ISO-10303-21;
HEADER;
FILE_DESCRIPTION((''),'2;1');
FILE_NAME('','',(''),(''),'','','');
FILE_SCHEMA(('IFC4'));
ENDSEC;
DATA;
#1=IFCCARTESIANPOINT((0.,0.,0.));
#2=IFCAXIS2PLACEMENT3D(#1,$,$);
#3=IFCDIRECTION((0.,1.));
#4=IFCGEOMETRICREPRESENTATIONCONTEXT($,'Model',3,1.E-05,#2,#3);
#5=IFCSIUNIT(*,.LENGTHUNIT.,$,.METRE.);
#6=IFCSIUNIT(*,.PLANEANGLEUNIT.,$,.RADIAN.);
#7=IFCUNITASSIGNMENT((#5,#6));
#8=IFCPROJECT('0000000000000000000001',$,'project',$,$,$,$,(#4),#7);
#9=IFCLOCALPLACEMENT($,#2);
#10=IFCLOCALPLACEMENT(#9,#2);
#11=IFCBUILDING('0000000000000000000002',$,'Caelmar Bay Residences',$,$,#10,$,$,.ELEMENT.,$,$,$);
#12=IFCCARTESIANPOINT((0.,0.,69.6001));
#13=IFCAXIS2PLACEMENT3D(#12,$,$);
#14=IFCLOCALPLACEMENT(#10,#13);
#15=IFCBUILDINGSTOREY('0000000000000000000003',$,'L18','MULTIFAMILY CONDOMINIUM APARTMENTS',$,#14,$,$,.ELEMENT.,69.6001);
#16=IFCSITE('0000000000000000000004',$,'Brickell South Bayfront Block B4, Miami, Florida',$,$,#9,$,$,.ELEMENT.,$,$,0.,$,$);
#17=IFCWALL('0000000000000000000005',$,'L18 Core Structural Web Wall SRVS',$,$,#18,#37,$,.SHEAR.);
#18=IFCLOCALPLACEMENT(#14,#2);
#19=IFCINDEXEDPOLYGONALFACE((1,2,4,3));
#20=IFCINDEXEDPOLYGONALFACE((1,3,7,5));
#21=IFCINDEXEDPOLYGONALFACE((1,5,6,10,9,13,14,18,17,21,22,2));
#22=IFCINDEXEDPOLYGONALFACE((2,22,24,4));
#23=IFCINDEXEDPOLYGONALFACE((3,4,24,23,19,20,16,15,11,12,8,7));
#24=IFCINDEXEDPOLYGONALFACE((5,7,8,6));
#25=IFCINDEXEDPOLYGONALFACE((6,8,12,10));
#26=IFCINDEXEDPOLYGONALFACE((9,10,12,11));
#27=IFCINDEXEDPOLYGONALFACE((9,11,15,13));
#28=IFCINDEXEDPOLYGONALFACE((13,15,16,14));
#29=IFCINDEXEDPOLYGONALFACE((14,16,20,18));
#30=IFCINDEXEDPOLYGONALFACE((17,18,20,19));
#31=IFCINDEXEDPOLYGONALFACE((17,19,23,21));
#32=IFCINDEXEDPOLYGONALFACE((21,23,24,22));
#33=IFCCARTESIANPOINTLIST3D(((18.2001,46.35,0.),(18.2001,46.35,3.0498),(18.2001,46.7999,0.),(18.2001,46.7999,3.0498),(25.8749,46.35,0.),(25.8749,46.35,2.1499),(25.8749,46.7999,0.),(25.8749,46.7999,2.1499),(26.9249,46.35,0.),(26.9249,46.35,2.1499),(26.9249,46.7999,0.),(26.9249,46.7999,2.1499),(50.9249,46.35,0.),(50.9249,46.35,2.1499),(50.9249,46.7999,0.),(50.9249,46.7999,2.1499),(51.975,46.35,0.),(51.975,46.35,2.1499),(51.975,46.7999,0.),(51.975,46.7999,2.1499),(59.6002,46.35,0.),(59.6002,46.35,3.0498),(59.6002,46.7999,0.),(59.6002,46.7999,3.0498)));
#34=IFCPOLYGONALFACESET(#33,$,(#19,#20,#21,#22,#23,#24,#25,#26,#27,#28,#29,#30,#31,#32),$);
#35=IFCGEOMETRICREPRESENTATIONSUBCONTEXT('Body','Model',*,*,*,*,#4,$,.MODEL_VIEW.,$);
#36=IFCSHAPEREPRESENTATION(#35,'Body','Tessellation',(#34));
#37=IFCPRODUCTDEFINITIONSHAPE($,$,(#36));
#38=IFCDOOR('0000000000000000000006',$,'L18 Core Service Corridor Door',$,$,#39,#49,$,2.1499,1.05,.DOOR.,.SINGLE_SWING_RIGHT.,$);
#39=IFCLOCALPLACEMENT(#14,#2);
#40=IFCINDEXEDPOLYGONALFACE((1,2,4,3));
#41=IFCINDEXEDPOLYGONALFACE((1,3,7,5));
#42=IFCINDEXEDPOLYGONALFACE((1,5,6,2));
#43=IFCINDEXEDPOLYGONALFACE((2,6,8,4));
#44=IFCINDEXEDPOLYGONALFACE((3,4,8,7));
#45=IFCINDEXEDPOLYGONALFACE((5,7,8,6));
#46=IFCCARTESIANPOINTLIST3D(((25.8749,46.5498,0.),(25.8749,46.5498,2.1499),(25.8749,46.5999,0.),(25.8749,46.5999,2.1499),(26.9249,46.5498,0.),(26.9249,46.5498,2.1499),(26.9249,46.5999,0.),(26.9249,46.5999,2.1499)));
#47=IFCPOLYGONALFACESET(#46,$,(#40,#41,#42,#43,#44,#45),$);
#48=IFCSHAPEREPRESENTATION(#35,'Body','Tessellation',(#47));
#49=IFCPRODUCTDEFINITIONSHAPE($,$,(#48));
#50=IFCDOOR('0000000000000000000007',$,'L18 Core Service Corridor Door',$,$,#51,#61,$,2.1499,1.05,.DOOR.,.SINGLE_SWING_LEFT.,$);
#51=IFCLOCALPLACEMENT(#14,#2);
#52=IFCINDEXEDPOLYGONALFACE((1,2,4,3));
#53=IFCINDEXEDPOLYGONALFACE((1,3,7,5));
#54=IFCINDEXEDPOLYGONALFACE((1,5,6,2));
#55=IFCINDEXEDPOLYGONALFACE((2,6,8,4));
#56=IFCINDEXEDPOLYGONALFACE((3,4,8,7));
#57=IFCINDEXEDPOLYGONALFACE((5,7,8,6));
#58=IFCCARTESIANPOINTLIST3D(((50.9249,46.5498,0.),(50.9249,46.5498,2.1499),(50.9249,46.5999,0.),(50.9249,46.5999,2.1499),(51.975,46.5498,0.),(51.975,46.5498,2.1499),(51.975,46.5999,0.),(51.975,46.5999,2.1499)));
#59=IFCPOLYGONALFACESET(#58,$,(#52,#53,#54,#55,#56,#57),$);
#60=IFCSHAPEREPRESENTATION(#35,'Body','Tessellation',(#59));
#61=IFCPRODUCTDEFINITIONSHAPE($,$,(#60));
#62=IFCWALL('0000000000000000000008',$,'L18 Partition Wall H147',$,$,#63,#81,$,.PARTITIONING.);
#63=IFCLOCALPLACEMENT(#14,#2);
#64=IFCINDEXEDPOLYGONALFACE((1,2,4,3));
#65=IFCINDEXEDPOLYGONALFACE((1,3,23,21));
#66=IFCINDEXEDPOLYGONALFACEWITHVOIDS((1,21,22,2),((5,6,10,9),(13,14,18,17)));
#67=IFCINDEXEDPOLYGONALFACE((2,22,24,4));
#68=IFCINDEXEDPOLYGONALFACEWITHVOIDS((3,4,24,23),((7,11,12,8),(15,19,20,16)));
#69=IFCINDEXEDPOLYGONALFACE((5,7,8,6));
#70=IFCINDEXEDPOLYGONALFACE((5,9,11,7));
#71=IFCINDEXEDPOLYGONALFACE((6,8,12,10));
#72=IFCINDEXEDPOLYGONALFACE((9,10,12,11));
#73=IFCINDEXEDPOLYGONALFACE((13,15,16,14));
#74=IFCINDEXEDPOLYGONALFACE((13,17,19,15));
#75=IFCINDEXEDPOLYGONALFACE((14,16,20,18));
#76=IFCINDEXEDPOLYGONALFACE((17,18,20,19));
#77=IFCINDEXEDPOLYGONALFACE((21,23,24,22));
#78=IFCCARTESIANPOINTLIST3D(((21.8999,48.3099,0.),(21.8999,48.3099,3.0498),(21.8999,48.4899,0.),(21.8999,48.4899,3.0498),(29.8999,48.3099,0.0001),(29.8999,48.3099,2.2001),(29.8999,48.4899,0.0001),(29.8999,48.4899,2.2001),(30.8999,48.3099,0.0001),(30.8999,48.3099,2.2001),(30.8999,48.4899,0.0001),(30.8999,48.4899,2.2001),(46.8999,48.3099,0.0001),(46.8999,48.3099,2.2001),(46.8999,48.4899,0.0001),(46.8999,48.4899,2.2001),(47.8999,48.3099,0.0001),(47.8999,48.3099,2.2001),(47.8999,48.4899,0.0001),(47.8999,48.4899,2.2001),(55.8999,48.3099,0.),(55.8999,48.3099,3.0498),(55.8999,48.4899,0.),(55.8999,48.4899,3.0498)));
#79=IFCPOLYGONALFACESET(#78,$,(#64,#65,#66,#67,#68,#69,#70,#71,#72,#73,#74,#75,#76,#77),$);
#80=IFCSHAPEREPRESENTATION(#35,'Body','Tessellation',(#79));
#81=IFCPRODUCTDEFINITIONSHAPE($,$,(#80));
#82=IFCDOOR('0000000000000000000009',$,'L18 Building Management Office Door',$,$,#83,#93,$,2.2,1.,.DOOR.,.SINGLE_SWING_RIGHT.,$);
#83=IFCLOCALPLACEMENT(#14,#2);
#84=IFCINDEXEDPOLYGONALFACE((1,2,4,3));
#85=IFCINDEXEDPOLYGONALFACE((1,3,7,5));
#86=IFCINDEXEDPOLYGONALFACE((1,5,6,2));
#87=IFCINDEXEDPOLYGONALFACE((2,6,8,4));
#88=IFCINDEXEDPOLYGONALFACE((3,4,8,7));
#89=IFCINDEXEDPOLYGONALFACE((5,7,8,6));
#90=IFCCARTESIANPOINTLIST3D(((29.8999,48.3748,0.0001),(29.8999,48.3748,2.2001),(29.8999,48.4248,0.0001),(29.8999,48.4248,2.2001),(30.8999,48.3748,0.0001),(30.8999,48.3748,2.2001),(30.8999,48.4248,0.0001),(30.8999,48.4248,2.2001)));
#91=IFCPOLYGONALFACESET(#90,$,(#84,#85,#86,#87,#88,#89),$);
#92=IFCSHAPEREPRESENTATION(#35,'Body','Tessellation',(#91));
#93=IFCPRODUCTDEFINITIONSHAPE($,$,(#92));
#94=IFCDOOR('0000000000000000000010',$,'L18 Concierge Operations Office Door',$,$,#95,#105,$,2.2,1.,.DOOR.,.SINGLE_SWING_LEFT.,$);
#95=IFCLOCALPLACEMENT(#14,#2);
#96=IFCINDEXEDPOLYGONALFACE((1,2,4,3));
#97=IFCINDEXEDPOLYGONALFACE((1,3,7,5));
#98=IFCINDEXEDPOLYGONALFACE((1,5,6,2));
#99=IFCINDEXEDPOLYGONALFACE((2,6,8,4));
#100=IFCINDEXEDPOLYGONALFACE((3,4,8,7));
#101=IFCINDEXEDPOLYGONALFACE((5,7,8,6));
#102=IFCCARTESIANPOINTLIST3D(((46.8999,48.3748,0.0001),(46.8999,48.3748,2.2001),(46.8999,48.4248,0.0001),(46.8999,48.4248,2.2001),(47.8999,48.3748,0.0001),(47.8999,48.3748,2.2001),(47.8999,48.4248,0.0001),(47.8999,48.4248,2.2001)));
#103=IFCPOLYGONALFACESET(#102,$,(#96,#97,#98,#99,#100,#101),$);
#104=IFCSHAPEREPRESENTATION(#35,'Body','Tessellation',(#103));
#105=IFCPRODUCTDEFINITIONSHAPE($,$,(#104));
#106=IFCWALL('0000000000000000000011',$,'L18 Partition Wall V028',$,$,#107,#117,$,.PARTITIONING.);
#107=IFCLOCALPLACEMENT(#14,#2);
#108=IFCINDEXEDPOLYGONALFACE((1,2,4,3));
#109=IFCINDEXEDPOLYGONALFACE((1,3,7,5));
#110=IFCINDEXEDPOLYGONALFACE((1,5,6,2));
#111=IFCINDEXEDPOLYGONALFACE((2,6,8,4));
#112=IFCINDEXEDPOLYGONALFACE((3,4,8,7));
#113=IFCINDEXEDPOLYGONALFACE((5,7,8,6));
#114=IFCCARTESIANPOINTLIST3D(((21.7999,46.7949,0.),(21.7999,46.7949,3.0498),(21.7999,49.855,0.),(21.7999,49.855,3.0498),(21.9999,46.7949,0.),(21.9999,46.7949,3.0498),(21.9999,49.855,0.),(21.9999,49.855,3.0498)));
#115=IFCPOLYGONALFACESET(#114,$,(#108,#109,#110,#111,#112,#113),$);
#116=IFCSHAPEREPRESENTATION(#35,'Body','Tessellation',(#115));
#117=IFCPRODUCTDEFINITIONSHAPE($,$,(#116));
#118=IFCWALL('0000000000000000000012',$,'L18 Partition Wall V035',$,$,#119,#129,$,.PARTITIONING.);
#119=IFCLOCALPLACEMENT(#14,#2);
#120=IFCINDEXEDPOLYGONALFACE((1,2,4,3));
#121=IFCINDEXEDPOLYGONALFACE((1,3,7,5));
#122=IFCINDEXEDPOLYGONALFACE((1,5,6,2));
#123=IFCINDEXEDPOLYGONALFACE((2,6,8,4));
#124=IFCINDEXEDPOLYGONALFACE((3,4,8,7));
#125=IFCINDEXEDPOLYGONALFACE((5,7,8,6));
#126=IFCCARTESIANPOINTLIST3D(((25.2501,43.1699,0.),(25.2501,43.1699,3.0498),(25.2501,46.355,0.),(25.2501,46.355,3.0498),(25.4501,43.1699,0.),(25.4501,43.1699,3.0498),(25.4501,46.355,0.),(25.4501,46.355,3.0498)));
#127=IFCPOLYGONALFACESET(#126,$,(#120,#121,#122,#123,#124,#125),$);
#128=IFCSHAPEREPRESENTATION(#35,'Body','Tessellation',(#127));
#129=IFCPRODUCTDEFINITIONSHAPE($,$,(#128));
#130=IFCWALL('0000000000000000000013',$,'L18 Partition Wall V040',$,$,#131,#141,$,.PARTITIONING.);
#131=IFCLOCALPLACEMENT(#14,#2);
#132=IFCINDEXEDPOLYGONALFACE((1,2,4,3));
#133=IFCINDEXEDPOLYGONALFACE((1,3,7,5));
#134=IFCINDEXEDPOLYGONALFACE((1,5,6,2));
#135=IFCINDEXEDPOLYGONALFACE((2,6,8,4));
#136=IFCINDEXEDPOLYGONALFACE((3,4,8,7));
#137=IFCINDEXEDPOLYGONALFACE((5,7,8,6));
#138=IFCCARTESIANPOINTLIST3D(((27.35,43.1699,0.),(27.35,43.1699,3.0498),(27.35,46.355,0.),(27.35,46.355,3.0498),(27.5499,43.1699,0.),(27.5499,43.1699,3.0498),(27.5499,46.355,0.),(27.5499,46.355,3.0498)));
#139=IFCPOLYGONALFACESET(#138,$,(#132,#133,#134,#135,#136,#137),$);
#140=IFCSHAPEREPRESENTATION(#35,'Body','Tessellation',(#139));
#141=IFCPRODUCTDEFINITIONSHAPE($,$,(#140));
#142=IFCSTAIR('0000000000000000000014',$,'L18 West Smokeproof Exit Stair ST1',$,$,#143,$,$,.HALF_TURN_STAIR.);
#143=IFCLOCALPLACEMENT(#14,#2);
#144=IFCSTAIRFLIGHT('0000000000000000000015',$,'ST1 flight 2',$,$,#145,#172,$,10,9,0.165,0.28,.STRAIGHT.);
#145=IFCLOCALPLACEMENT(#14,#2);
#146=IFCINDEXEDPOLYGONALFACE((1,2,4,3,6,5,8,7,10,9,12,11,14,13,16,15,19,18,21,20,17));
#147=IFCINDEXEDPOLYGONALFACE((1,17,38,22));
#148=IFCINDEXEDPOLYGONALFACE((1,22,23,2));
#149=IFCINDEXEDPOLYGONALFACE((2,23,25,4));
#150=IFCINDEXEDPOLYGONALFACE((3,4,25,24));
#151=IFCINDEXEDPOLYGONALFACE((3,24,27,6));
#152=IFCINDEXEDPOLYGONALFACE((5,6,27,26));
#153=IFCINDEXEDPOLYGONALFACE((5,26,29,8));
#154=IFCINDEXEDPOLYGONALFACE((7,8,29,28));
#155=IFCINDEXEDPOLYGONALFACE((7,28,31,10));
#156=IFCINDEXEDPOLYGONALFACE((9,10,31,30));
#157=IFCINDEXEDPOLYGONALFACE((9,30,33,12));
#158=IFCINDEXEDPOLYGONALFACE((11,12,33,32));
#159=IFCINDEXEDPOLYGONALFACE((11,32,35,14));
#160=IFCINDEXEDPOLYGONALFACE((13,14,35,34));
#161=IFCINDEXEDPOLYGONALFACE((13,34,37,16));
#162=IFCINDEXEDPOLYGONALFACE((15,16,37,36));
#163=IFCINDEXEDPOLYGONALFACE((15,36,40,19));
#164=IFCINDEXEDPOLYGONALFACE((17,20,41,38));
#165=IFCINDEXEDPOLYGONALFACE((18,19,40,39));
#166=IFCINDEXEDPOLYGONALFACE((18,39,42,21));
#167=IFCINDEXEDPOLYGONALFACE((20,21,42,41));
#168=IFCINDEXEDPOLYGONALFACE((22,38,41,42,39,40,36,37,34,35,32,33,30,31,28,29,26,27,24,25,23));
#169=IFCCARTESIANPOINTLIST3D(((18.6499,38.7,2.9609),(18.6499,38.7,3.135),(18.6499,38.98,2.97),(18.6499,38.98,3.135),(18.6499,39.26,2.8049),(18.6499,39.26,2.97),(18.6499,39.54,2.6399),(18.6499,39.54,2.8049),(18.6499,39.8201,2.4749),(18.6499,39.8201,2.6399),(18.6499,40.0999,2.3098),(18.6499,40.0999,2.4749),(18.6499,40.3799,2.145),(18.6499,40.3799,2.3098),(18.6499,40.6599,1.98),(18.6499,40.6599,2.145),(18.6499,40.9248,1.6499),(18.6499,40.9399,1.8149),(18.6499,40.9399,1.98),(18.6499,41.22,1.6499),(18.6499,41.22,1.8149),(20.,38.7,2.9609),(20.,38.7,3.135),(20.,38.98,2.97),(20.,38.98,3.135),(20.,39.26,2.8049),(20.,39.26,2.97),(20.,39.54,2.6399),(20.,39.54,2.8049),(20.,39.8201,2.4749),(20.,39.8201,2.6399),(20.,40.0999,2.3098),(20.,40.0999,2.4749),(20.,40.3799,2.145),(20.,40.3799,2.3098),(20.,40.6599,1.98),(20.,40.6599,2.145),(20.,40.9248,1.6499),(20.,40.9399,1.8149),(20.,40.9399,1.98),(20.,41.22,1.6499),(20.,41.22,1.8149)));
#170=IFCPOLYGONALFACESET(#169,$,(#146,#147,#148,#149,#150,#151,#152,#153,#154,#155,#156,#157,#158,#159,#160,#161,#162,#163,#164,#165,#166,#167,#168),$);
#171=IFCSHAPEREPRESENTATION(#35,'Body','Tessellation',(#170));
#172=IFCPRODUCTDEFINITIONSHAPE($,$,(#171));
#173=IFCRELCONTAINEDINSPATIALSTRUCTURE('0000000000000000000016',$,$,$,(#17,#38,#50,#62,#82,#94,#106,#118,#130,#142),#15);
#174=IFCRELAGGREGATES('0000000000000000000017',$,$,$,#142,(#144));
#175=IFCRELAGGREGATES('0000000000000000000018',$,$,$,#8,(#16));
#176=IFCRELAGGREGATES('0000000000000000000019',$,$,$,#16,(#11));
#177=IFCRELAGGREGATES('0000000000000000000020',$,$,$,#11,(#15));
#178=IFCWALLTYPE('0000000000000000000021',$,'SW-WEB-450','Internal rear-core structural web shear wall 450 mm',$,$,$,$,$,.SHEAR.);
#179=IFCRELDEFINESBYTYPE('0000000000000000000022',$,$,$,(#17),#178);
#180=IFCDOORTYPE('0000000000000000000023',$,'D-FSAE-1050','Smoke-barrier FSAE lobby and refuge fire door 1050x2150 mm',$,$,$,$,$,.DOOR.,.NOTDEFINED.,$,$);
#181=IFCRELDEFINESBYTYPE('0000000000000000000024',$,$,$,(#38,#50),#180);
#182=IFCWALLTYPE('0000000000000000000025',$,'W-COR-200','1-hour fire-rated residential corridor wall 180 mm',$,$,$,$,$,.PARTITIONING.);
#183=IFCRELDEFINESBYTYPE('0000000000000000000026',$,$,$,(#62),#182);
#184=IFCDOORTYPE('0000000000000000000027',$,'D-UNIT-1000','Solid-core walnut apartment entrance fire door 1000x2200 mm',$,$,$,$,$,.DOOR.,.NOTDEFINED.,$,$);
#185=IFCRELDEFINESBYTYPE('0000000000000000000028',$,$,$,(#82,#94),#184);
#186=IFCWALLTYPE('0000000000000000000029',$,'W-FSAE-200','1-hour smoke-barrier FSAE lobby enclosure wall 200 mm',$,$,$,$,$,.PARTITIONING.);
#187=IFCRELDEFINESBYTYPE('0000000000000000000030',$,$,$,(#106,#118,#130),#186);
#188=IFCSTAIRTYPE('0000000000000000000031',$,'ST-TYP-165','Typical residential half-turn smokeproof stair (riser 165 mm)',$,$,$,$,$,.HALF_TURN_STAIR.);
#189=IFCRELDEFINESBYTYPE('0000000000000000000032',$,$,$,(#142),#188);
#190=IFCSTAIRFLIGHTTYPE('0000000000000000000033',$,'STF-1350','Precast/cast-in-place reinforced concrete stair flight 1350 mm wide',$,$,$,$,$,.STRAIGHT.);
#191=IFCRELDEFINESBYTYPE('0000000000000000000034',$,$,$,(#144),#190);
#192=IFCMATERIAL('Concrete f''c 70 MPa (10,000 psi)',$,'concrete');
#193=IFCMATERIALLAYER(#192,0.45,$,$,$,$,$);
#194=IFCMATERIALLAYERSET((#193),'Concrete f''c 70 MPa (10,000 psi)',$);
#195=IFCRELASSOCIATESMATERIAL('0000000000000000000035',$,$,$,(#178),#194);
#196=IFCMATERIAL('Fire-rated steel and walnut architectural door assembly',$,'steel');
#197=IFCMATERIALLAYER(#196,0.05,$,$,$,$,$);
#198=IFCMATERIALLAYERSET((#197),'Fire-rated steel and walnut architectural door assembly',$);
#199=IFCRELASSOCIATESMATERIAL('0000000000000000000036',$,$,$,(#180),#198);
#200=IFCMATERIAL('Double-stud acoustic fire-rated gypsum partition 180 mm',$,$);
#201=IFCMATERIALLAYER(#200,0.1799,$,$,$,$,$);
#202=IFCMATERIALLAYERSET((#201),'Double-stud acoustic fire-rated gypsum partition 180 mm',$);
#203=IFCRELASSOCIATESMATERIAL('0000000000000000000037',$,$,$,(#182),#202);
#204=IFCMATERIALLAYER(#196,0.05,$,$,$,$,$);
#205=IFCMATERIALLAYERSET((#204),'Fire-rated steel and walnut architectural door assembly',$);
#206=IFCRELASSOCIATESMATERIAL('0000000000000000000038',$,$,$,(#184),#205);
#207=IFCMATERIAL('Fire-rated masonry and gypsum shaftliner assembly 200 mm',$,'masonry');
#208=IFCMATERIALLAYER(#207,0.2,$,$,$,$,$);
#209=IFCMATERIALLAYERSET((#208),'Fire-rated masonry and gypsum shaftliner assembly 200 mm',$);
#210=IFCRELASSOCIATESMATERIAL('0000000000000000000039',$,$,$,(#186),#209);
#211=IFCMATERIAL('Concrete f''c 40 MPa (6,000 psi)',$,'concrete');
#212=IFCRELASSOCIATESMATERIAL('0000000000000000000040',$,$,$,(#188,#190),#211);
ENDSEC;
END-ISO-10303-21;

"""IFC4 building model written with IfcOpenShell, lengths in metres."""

from ifc_helpers import new_model, si_unit, direction, frame, frame_2d, origin, place, context, subcontext, project, spatial, polyline, rectangle, outline, extrude, material, layer, layer_set, type_object, element, fill, aggregate, save


model = new_model("IFC4")

# Units and contexts
model_context = context("Model", 3, precision=1e-05, world=origin(), true_north=direction((0.0, 1.0)))
body_context = subcontext(model_context, "Body", "Model", "MODEL_VIEW")
ifc_project = project(units=[si_unit("LENGTHUNIT", "METRE"), si_unit("PLANEANGLEUNIT", "RADIAN")], contexts=[model_context])

# Site, building, storey
site_placement = place(None, origin())
site = spatial("IfcSite", under=ifc_project, at=site_placement, Name="Brickell South Bayfront Block B4, Miami, Florida", CompositionType="ELEMENT", RefElevation=0.0)
building_placement = place(site_placement, origin())
building = spatial("IfcBuilding", under=site, at=building_placement, Name="Caelmar Bay Residences", CompositionType="ELEMENT")
storey_placement = place(building_placement, frame((0.0, 0.0, 69.6001)))
storey = spatial("IfcBuildingStorey", under=building, at=storey_placement, Name="L18", Description="MULTIFAMILY CONDOMINIUM APARTMENTS", CompositionType="ELEMENT", Elevation=69.6001)

# Walls, openings, doors
ifc_material_1 = material(Name="Concrete f'c 70 MPa (10,000 psi)", Category="concrete")
ifc_layer_1 = layer(ifc_material_1, 0.45)
ifc_layer_set_1 = layer_set([ifc_layer_1], Name="Concrete f'c 70 MPa (10,000 psi)")
wall_type_1 = type_object("IfcWallType", Name="SW-WEB-450", Description="Internal rear-core structural web shear wall 450 mm", PredefinedType="SHEAR", material=ifc_layer_set_1)
ifc_material_2 = material(Name="Fire-rated steel and walnut architectural door assembly", Category="steel")
ifc_layer_2 = layer(ifc_material_2, 0.05)
ifc_layer_set_2 = layer_set([ifc_layer_2], Name="Fire-rated steel and walnut architectural door assembly")
door_type_1 = type_object("IfcDoorType", Name="D-FSAE-1050", Description="Smoke-barrier FSAE lobby and refuge fire door 1050x2150 mm", OperationType="NOTDEFINED", PredefinedType="DOOR", material=ifc_layer_set_2)
wall_1_placement = place(storey_placement, frame((18.2, 46.575, 0.0), z_axis=(0.0, 0.0, 1.0), x_axis=(1.0, 0.0, 0.0)))
wall_1 = element("IfcWall", 1, at=wall_1_placement, inside=storey, type_object=wall_type_1, Name="L18 Core Structural Web Wall SRVS", PredefinedType="SHEAR", context=body_context, shape_type="SweptSolid", body=[
    extrude(rectangle(XDim=41.4001, YDim=0.45, at=frame_2d((20.7002, 0.0))), origin(), (0.0, 0.0, 1.0), 3.0498),
])
opening_1_placement = place(wall_1_placement, frame((7.675, 0.0, 0.0)))
opening_1 = element("IfcOpeningElement", 2, at=opening_1_placement, cuts=wall_1, PredefinedType="OPENING", context=body_context, shape_type="SweptSolid", body=[
    extrude(rectangle(XDim=1.05, YDim=2.1499, at=frame_2d((0.5249, 1.075))), frame((0.0, 0.2349, 0.0), z_axis=(0.0, -1.0, 0.0), x_axis=(1.0, 0.0, 0.0)), (0.0, 0.0, 1.0), 0.47),
])
opening_2_placement = place(wall_1_placement, frame((32.7251, 0.0, 0.0)))
opening_2 = element("IfcOpeningElement", 3, at=opening_2_placement, cuts=wall_1, PredefinedType="OPENING", context=body_context, shape_type="SweptSolid", body=[
    extrude(rectangle(XDim=1.05, YDim=2.1499, at=frame_2d((0.5249, 1.075))), frame((0.0, 0.2349, 0.0), z_axis=(0.0, -1.0, 0.0), x_axis=(1.0, 0.0, 0.0)), (0.0, 0.0, 1.0), 0.47),
])
door_1_placement = place(opening_1_placement, origin())
door_1 = element("IfcDoor", 4, at=door_1_placement, inside=storey, type_object=door_type_1, Name="L18 Core Service Corridor Door", OperationType="SINGLE_SWING_RIGHT", OverallHeight=2.1499, OverallWidth=1.05, PredefinedType="DOOR", context=body_context, shape_type="SweptSolid", body=[
    extrude(rectangle(XDim=1.05, YDim=2.1499, at=frame_2d((0.5249, 1.075))), frame((0.0, 0.0249, 0.0), z_axis=(0.0, -1.0, 0.0), x_axis=(1.0, 0.0, 0.0)), (0.0, 0.0, 1.0), 0.05),
])
fill(opening_1, door_1)
door_2_placement = place(opening_2_placement, origin())
door_2 = element("IfcDoor", 5, at=door_2_placement, inside=storey, type_object=door_type_1, Name="L18 Core Service Corridor Door", OperationType="SINGLE_SWING_LEFT", OverallHeight=2.1499, OverallWidth=1.05, PredefinedType="DOOR", context=body_context, shape_type="SweptSolid", body=[
    extrude(rectangle(XDim=1.05, YDim=2.1499, at=frame_2d((0.5249, 1.075))), frame((0.0, 0.0249, 0.0), z_axis=(0.0, -1.0, 0.0), x_axis=(1.0, 0.0, 0.0)), (0.0, 0.0, 1.0), 0.05),
])
fill(opening_2, door_2)
ifc_material_3 = material(Name="Double-stud acoustic fire-rated gypsum partition 180 mm")
ifc_layer_3 = layer(ifc_material_3, 0.1799)
ifc_layer_set_3 = layer_set([ifc_layer_3], Name="Double-stud acoustic fire-rated gypsum partition 180 mm")
wall_type_2 = type_object("IfcWallType", Name="W-COR-200", Description="1-hour fire-rated residential corridor wall 180 mm", PredefinedType="PARTITIONING", material=ifc_layer_set_3)
wall_2_placement = place(storey_placement, frame((21.8999, 48.3999, 0.0), z_axis=(0.0, 0.0, 1.0), x_axis=(1.0, 0.0, 0.0)))
wall_2 = element("IfcWall", 6, at=wall_2_placement, inside=storey, type_object=wall_type_2, Name="L18 Partition Wall H147", PredefinedType="PARTITIONING", context=body_context, shape_type="SweptSolid", body=[
    extrude(rectangle(XDim=34.0, YDim=0.1799, at=frame_2d((17.0, 0.0))), origin(), (0.0, 0.0, 1.0), 3.0498),
])
opening_3_placement = place(wall_2_placement, frame((8.0, 0.0, 0.0)))
opening_3 = element("IfcOpeningElement", 7, at=opening_3_placement, cuts=wall_2, PredefinedType="OPENING", context=body_context, shape_type="SweptSolid", body=[
    extrude(rectangle(XDim=1.0, YDim=2.2, at=frame_2d((0.5, 1.1001))), frame((0.0, 0.0999, 0.0), z_axis=(0.0, -1.0, 0.0), x_axis=(1.0, 0.0, 0.0)), (0.0, 0.0, 1.0), 0.2),
])
opening_4_placement = place(wall_2_placement, frame((25.0, 0.0, 0.0)))
opening_4 = element("IfcOpeningElement", 8, at=opening_4_placement, cuts=wall_2, PredefinedType="OPENING", context=body_context, shape_type="SweptSolid", body=[
    extrude(rectangle(XDim=1.0, YDim=2.2, at=frame_2d((0.5, 1.1001))), frame((0.0, 0.0999, 0.0), z_axis=(0.0, -1.0, 0.0), x_axis=(1.0, 0.0, 0.0)), (0.0, 0.0, 1.0), 0.2),
])
ifc_layer_4 = layer(ifc_material_2, 0.05)
ifc_layer_set_4 = layer_set([ifc_layer_4], Name="Fire-rated steel and walnut architectural door assembly")
door_type_2 = type_object("IfcDoorType", Name="D-UNIT-1000", Description="Solid-core walnut apartment entrance fire door 1000x2200 mm", OperationType="NOTDEFINED", PredefinedType="DOOR", material=ifc_layer_set_4)
door_3_placement = place(opening_3_placement, origin())
door_3 = element("IfcDoor", 9, at=door_3_placement, inside=storey, type_object=door_type_2, Name="L18 Building Management Office Door", OperationType="SINGLE_SWING_RIGHT", OverallHeight=2.2, OverallWidth=1.0, PredefinedType="DOOR", context=body_context, shape_type="SweptSolid", body=[
    extrude(rectangle(XDim=1.0, YDim=2.2, at=frame_2d((0.5, 1.1001))), frame((0.0, 0.0249, 0.0), z_axis=(0.0, -1.0, 0.0), x_axis=(1.0, 0.0, 0.0)), (0.0, 0.0, 1.0), 0.05),
])
fill(opening_3, door_3)
door_4_placement = place(opening_4_placement, origin())
door_4 = element("IfcDoor", 10, at=door_4_placement, inside=storey, type_object=door_type_2, Name="L18 Concierge Operations Office Door", OperationType="SINGLE_SWING_LEFT", OverallHeight=2.2, OverallWidth=1.0, PredefinedType="DOOR", context=body_context, shape_type="SweptSolid", body=[
    extrude(rectangle(XDim=1.0, YDim=2.2, at=frame_2d((0.5, 1.1001))), frame((0.0, 0.0249, 0.0), z_axis=(0.0, -1.0, 0.0), x_axis=(1.0, 0.0, 0.0)), (0.0, 0.0, 1.0), 0.05),
])
fill(opening_4, door_4)

# Walls
ifc_material_4 = material(Name="Fire-rated masonry and gypsum shaftliner assembly 200 mm", Category="masonry")
ifc_layer_5 = layer(ifc_material_4, 0.2)
ifc_layer_set_5 = layer_set([ifc_layer_5], Name="Fire-rated masonry and gypsum shaftliner assembly 200 mm")
wall_type_3 = type_object("IfcWallType", Name="W-FSAE-200", Description="1-hour smoke-barrier FSAE lobby enclosure wall 200 mm", PredefinedType="PARTITIONING", material=ifc_layer_set_5)
wall_3_placement = place(storey_placement, frame((21.8999, 46.7949, 0.0), z_axis=(0.0, 0.0, 1.0), x_axis=(0.0, 1.0, 0.0)))
element("IfcWall", 11, at=wall_3_placement, inside=storey, type_object=wall_type_3, Name="L18 Partition Wall V028", PredefinedType="PARTITIONING", context=body_context, shape_type="SweptSolid", body=[
    extrude(rectangle(XDim=3.0601, YDim=0.2, at=frame_2d((1.53, 0.0))), origin(), (0.0, 0.0, 1.0), 3.0498),
])
for number, where, z_axis, x_axis, name in (
    (12, (25.3501, 43.1699, 0.0), (0.0, 0.0, 1.0), (0.0, 1.0, 0.0), "L18 Partition Wall V035"),
    (13, (27.45, 43.1699, 0.0), (0.0, 0.0, 1.0), (0.0, 1.0, 0.0), "L18 Partition Wall V040"),
):
    element("IfcWall", number, at=place(storey_placement, frame(where, z_axis=z_axis, x_axis=x_axis)), inside=storey, type_object=wall_type_3, Name=name, PredefinedType="PARTITIONING", context=body_context, shape_type="SweptSolid", body=[
        extrude(rectangle(XDim=3.1851, YDim=0.2, at=frame_2d((1.5925, 0.0))), origin(), (0.0, 0.0, 1.0), 3.0498),
    ])

# Stair, stair flight
ifc_material_5 = material(Name="Concrete f'c 40 MPa (6,000 psi)", Category="concrete")
stair_type = type_object("IfcStairType", Name="ST-TYP-165", Description="Typical residential half-turn smokeproof stair (riser 165 mm)", PredefinedType="HALF_TURN_STAIR", material=ifc_material_5)
stair_1_placement = place(storey_placement, origin())
stair_1 = element("IfcStair", 14, at=stair_1_placement, inside=storey, type_object=stair_type, Name="L18 West Smokeproof Exit Stair ST1", PredefinedType="HALF_TURN_STAIR")
stair_flight_type = type_object("IfcStairFlightType", Name="STF-1350", Description="Precast/cast-in-place reinforced concrete stair flight 1350 mm wide", PredefinedType="STRAIGHT", material=ifc_material_5)
stair_flight_1_placement = place(storey_placement, frame((19.325, 41.22, 1.6499), z_axis=(0.0, 0.0, 1.0), x_axis=(0.0, -1.0, 0.0)))
stair_flight_1 = element("IfcStairFlight", 15, at=stair_flight_1_placement, type_object=stair_flight_type, Name="ST1 flight 2", NumberOfRisers=10, NumberOfTreads=9, PredefinedType="STRAIGHT", RiserHeight=0.165, TreadLength=0.28, context=body_context, shape_type="SweptSolid", body=[
    extrude(outline(polyline([(0.0, 0.0), (0.0, 0.165), (0.28, 0.165), (0.28, 0.3301), (0.5601, 0.3301), (0.5601, 0.4951), (0.8401, 0.4951), (0.8401, 0.6599), (1.1201, 0.6599), (1.1201, 0.825), (1.3999, 0.825), (1.3999, 0.99), (1.6799, 0.99), (1.6799, 1.155), (1.96, 1.155), (1.96, 1.3201), (2.24, 1.3201), (2.24, 1.4851), (2.52, 1.4851), (2.52, 1.6499), (2.52, 1.311), (0.2952, 0.0), (0.0, 0.0)])), frame((0.0, 0.675, 0.0), z_axis=(0.0, -1.0, 0.0), x_axis=(1.0, 0.0, 0.0)), (0.0, 0.0, 1.0), 1.3501),
])
aggregate(stair_1, [stair_flight_1])

save(model, "model.ifc")
